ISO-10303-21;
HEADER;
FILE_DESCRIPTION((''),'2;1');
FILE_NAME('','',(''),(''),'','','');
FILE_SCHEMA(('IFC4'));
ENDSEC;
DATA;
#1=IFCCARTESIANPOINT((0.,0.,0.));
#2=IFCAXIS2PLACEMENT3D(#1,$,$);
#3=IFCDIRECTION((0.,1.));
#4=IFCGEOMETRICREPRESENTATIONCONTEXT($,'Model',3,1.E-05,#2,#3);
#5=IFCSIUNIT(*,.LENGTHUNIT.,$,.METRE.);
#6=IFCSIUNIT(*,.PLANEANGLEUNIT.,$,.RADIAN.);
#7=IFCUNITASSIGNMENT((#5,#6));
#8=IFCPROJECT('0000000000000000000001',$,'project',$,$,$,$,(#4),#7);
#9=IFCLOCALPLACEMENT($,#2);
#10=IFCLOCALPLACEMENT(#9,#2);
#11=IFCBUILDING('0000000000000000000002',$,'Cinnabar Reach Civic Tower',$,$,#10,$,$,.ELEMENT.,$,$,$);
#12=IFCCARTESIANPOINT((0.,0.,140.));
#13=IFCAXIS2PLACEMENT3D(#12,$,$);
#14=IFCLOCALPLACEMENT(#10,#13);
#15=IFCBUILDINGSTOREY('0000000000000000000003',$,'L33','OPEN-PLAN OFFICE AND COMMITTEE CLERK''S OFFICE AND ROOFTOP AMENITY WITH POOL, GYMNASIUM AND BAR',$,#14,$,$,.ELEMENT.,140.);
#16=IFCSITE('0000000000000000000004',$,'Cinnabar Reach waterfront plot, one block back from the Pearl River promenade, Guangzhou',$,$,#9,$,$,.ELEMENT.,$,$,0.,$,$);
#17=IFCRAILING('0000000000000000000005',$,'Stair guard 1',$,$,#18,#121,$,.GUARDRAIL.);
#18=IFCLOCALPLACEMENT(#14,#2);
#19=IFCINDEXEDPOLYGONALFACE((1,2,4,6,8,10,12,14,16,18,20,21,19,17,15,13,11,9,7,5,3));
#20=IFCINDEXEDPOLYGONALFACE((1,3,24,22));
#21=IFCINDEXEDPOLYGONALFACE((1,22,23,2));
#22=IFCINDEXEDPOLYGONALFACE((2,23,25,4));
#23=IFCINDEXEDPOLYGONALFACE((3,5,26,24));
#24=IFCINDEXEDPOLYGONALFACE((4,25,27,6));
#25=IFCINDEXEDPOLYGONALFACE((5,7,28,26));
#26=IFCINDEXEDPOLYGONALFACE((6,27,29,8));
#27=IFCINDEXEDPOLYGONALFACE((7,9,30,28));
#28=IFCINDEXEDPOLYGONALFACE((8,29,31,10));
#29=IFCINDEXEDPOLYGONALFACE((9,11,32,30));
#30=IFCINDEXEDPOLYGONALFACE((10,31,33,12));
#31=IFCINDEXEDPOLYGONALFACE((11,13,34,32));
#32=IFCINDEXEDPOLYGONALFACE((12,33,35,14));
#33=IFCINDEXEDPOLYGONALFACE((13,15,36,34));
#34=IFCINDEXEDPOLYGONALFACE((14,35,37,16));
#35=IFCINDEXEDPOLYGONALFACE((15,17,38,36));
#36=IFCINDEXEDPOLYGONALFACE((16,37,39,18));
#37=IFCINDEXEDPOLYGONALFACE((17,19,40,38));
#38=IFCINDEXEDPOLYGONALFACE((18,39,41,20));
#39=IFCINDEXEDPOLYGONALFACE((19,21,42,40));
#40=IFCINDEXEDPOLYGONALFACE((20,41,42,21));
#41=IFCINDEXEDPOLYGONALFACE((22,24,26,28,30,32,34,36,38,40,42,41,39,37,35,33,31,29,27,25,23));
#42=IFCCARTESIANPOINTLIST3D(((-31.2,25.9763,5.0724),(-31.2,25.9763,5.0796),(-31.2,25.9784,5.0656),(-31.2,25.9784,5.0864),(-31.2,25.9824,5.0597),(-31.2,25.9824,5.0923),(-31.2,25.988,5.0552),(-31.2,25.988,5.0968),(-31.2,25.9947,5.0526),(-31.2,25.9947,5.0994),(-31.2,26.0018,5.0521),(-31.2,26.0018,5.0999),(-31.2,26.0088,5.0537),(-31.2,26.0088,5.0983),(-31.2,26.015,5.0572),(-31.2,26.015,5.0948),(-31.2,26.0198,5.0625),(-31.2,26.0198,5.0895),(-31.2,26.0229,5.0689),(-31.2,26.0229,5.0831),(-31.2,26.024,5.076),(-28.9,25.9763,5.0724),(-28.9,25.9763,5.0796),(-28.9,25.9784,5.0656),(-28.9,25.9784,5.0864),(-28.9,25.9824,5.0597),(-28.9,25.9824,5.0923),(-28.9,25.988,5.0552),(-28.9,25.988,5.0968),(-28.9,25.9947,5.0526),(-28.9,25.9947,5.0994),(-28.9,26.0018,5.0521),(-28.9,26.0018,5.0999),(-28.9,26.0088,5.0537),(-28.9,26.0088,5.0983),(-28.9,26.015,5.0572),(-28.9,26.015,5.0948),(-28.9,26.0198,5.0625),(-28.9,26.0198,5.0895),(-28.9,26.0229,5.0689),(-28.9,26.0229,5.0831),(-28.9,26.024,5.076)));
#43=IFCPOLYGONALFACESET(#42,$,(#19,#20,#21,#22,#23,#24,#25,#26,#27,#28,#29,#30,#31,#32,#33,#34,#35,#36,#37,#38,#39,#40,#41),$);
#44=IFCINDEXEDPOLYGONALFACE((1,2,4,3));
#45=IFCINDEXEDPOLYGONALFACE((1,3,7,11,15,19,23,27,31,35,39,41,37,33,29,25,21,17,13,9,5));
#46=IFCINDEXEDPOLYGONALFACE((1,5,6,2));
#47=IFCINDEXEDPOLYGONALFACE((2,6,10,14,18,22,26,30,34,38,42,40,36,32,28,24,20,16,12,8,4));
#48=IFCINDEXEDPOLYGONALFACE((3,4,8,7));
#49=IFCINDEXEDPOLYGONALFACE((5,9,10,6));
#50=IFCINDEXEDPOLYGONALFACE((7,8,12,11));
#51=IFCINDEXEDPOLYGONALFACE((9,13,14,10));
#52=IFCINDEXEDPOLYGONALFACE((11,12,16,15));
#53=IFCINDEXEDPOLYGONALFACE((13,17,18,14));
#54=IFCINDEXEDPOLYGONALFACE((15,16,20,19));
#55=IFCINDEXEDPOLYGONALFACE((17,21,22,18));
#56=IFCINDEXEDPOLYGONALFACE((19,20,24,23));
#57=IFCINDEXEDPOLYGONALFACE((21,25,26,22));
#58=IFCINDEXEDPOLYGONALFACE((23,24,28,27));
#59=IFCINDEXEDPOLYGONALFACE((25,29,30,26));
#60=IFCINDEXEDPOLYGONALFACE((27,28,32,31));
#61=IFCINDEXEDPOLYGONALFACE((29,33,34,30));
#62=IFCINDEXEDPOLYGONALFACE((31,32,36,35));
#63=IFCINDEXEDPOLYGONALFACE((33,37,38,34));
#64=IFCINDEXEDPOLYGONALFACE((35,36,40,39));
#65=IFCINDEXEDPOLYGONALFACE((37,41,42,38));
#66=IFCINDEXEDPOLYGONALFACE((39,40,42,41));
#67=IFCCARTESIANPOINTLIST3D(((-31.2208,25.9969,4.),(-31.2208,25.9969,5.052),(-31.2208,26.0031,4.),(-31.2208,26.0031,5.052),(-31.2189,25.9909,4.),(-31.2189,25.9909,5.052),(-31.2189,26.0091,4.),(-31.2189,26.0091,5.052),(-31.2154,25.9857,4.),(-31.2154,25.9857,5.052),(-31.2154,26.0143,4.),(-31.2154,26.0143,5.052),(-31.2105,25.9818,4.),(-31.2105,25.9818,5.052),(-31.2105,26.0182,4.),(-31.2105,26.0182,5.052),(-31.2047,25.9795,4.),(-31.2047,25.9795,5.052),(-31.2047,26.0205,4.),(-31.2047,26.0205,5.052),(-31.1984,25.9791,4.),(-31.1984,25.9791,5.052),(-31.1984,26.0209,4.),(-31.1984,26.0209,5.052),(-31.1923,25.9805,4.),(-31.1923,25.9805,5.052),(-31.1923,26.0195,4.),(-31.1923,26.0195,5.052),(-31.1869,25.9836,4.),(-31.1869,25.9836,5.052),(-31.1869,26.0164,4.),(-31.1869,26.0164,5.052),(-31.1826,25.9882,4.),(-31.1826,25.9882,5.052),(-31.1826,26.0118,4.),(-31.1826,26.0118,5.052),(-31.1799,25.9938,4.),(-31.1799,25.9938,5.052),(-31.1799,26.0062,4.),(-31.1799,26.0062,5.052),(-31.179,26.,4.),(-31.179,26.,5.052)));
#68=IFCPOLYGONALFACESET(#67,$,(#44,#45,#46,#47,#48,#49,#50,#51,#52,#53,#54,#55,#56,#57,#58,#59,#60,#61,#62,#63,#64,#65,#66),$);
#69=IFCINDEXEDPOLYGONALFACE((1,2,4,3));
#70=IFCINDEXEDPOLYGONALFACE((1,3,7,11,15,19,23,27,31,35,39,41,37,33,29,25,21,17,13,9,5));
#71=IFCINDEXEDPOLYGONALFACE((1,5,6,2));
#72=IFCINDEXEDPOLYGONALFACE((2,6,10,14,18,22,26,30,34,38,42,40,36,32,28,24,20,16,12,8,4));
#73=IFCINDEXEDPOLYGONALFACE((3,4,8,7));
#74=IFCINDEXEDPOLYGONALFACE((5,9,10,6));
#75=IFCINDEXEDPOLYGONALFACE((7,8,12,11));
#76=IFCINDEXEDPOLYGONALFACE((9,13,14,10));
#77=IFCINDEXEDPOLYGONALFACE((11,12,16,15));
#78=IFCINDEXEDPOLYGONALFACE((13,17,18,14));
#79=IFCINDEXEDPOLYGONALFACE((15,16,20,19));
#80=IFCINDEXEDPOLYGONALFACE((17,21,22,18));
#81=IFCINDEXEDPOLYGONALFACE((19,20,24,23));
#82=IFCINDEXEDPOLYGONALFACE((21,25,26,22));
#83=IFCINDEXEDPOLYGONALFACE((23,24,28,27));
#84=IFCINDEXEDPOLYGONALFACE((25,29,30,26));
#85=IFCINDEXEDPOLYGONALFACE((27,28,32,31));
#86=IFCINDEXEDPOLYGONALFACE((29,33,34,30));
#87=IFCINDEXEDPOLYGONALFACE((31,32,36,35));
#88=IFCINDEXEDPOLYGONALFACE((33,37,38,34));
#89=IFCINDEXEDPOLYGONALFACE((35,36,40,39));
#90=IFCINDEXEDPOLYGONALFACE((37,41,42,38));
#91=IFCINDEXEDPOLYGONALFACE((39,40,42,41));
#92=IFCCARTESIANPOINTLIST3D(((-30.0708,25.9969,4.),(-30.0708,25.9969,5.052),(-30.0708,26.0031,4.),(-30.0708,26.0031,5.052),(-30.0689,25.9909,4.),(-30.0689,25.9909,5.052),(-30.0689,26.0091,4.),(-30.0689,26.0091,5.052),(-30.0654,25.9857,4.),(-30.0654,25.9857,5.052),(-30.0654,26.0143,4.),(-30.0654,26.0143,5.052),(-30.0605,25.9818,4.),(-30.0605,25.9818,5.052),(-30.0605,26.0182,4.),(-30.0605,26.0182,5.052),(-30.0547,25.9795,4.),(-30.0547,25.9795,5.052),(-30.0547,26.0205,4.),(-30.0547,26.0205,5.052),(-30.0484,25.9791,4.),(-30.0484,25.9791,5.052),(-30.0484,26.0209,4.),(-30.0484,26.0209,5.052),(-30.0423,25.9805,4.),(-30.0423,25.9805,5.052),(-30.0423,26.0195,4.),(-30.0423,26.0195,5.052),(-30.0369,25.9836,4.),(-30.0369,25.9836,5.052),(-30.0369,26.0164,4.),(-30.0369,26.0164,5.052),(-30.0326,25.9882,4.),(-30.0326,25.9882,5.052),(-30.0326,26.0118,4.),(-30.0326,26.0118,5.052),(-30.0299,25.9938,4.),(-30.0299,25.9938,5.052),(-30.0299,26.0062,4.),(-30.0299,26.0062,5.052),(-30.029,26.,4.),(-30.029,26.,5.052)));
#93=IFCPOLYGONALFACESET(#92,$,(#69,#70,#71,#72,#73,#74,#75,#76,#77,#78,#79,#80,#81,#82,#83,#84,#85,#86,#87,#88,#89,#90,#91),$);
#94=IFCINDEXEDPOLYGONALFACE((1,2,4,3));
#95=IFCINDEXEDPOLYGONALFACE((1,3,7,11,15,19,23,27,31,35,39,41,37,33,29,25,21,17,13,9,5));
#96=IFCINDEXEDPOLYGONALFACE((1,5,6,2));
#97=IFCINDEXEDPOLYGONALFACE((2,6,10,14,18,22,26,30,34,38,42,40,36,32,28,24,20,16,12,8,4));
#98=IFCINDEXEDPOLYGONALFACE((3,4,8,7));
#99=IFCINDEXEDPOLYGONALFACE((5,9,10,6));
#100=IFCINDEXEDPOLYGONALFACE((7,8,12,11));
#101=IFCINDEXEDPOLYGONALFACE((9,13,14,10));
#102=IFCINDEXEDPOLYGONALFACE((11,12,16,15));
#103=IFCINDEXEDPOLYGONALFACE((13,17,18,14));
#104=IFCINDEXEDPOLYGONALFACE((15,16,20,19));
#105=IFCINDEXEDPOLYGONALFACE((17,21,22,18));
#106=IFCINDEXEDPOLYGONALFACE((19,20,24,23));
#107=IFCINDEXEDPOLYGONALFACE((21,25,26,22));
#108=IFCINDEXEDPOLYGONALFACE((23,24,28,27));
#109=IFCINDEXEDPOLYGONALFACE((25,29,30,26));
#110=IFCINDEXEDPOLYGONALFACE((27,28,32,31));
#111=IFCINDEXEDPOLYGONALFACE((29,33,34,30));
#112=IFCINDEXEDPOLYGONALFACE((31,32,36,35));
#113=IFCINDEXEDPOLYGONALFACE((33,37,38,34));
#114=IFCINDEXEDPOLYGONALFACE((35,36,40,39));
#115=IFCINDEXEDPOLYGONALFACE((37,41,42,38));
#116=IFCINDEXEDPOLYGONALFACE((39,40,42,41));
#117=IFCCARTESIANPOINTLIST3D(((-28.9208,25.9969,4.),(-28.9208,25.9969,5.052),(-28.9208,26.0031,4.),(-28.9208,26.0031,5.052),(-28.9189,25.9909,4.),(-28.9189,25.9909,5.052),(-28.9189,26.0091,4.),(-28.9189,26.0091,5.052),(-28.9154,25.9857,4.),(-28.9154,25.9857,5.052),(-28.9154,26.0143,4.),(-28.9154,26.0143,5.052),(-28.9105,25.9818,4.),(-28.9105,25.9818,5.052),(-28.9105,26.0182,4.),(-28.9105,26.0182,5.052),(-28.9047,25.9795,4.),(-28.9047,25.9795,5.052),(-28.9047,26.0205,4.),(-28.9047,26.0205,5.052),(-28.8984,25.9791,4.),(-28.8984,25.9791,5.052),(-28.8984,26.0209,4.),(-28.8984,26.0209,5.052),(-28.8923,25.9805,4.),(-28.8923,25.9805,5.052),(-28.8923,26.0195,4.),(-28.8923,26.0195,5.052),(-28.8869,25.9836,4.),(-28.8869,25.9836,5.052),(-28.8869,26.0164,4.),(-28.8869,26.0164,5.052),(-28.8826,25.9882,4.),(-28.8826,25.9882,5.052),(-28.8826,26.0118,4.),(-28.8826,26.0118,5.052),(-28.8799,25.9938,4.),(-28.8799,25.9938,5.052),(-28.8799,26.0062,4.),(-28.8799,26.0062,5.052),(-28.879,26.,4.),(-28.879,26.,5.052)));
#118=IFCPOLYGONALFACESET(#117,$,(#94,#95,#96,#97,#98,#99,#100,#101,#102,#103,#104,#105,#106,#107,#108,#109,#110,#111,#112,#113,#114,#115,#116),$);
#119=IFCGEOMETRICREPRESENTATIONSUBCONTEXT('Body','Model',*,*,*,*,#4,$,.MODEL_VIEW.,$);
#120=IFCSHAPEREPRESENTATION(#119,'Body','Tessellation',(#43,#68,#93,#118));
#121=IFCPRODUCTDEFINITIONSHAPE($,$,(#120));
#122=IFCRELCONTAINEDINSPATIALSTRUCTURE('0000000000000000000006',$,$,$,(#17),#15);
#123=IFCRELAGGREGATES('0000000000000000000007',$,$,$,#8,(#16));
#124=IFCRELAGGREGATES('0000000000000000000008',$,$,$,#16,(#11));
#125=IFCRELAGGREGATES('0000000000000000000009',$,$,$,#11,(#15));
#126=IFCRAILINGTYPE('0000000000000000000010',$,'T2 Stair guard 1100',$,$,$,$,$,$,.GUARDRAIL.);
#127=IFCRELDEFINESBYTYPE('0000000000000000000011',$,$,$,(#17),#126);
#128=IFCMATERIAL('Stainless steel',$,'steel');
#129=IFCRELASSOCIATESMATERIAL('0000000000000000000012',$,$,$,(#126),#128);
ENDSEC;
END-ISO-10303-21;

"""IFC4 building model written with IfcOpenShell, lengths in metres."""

from ifc_helpers import new_model, si_unit, direction, frame, origin, origin_2d, place, context, subcontext, project, spatial, circle, extrude, material, type_object, element, save


model = new_model("IFC4")

# Units and contexts
model_context = context("Model", 3, precision=1e-05, world=origin(), true_north=direction((0.0, 1.0)))
body_context = subcontext(model_context, "Body", "Model", "MODEL_VIEW")
ifc_project = project(units=[si_unit("LENGTHUNIT", "METRE"), si_unit("PLANEANGLEUNIT", "RADIAN")], contexts=[model_context])

# Site, building, storey
site_placement = place(None, origin())
site = spatial("IfcSite", under=ifc_project, at=site_placement, Name="Cinnabar Reach waterfront plot, one block back from the Pearl River promenade, Guangzhou", CompositionType="ELEMENT", RefElevation=0.0)
building_placement = place(site_placement, origin())
building = spatial("IfcBuilding", under=site, at=building_placement, Name="Cinnabar Reach Civic Tower", CompositionType="ELEMENT")
storey_placement = place(building_placement, frame((0.0, 0.0, 140.0)))
storey = spatial("IfcBuildingStorey", under=building, at=storey_placement, Name="L33", Description="OPEN-PLAN OFFICE AND COMMITTEE CLERK'S OFFICE AND ROOFTOP AMENITY WITH POOL, GYMNASIUM AND BAR", CompositionType="ELEMENT", Elevation=140.0)

# Railing
ifc_material_1 = material(Name="Stainless steel", Category="steel")
railing_type = type_object("IfcRailingType", Name="T2 Stair guard 1100", PredefinedType="GUARDRAIL", material=ifc_material_1)
railing_1_placement = place(storey_placement, frame((-31.2, 26.0, 4.0)))
element("IfcRailing", 1, at=railing_1_placement, inside=storey, type_object=railing_type, Name="Stair guard 1", PredefinedType="GUARDRAIL", context=body_context, shape_type="SweptSolid", body=[
    extrude(circle(Radius=0.024, at=origin_2d()), frame((0.0, 0.0, 1.076), z_axis=(1.0, 0.0, 0.0), x_axis=(0.0, 1.0, 0.0)), (0.0, 0.0, 1.0), 2.3),
    extrude(circle(Radius=0.021, at=origin_2d()), origin(), (0.0, 0.0, 1.0), 1.052),
    extrude(circle(Radius=0.021, at=origin_2d()), frame((1.15, 0.0, 0.0)), (0.0, 0.0, 1.0), 1.052),
    extrude(circle(Radius=0.021, at=origin_2d()), frame((2.3, 0.0, 0.0)), (0.0, 0.0, 1.0), 1.052),
])

save(model, "model.ifc")
